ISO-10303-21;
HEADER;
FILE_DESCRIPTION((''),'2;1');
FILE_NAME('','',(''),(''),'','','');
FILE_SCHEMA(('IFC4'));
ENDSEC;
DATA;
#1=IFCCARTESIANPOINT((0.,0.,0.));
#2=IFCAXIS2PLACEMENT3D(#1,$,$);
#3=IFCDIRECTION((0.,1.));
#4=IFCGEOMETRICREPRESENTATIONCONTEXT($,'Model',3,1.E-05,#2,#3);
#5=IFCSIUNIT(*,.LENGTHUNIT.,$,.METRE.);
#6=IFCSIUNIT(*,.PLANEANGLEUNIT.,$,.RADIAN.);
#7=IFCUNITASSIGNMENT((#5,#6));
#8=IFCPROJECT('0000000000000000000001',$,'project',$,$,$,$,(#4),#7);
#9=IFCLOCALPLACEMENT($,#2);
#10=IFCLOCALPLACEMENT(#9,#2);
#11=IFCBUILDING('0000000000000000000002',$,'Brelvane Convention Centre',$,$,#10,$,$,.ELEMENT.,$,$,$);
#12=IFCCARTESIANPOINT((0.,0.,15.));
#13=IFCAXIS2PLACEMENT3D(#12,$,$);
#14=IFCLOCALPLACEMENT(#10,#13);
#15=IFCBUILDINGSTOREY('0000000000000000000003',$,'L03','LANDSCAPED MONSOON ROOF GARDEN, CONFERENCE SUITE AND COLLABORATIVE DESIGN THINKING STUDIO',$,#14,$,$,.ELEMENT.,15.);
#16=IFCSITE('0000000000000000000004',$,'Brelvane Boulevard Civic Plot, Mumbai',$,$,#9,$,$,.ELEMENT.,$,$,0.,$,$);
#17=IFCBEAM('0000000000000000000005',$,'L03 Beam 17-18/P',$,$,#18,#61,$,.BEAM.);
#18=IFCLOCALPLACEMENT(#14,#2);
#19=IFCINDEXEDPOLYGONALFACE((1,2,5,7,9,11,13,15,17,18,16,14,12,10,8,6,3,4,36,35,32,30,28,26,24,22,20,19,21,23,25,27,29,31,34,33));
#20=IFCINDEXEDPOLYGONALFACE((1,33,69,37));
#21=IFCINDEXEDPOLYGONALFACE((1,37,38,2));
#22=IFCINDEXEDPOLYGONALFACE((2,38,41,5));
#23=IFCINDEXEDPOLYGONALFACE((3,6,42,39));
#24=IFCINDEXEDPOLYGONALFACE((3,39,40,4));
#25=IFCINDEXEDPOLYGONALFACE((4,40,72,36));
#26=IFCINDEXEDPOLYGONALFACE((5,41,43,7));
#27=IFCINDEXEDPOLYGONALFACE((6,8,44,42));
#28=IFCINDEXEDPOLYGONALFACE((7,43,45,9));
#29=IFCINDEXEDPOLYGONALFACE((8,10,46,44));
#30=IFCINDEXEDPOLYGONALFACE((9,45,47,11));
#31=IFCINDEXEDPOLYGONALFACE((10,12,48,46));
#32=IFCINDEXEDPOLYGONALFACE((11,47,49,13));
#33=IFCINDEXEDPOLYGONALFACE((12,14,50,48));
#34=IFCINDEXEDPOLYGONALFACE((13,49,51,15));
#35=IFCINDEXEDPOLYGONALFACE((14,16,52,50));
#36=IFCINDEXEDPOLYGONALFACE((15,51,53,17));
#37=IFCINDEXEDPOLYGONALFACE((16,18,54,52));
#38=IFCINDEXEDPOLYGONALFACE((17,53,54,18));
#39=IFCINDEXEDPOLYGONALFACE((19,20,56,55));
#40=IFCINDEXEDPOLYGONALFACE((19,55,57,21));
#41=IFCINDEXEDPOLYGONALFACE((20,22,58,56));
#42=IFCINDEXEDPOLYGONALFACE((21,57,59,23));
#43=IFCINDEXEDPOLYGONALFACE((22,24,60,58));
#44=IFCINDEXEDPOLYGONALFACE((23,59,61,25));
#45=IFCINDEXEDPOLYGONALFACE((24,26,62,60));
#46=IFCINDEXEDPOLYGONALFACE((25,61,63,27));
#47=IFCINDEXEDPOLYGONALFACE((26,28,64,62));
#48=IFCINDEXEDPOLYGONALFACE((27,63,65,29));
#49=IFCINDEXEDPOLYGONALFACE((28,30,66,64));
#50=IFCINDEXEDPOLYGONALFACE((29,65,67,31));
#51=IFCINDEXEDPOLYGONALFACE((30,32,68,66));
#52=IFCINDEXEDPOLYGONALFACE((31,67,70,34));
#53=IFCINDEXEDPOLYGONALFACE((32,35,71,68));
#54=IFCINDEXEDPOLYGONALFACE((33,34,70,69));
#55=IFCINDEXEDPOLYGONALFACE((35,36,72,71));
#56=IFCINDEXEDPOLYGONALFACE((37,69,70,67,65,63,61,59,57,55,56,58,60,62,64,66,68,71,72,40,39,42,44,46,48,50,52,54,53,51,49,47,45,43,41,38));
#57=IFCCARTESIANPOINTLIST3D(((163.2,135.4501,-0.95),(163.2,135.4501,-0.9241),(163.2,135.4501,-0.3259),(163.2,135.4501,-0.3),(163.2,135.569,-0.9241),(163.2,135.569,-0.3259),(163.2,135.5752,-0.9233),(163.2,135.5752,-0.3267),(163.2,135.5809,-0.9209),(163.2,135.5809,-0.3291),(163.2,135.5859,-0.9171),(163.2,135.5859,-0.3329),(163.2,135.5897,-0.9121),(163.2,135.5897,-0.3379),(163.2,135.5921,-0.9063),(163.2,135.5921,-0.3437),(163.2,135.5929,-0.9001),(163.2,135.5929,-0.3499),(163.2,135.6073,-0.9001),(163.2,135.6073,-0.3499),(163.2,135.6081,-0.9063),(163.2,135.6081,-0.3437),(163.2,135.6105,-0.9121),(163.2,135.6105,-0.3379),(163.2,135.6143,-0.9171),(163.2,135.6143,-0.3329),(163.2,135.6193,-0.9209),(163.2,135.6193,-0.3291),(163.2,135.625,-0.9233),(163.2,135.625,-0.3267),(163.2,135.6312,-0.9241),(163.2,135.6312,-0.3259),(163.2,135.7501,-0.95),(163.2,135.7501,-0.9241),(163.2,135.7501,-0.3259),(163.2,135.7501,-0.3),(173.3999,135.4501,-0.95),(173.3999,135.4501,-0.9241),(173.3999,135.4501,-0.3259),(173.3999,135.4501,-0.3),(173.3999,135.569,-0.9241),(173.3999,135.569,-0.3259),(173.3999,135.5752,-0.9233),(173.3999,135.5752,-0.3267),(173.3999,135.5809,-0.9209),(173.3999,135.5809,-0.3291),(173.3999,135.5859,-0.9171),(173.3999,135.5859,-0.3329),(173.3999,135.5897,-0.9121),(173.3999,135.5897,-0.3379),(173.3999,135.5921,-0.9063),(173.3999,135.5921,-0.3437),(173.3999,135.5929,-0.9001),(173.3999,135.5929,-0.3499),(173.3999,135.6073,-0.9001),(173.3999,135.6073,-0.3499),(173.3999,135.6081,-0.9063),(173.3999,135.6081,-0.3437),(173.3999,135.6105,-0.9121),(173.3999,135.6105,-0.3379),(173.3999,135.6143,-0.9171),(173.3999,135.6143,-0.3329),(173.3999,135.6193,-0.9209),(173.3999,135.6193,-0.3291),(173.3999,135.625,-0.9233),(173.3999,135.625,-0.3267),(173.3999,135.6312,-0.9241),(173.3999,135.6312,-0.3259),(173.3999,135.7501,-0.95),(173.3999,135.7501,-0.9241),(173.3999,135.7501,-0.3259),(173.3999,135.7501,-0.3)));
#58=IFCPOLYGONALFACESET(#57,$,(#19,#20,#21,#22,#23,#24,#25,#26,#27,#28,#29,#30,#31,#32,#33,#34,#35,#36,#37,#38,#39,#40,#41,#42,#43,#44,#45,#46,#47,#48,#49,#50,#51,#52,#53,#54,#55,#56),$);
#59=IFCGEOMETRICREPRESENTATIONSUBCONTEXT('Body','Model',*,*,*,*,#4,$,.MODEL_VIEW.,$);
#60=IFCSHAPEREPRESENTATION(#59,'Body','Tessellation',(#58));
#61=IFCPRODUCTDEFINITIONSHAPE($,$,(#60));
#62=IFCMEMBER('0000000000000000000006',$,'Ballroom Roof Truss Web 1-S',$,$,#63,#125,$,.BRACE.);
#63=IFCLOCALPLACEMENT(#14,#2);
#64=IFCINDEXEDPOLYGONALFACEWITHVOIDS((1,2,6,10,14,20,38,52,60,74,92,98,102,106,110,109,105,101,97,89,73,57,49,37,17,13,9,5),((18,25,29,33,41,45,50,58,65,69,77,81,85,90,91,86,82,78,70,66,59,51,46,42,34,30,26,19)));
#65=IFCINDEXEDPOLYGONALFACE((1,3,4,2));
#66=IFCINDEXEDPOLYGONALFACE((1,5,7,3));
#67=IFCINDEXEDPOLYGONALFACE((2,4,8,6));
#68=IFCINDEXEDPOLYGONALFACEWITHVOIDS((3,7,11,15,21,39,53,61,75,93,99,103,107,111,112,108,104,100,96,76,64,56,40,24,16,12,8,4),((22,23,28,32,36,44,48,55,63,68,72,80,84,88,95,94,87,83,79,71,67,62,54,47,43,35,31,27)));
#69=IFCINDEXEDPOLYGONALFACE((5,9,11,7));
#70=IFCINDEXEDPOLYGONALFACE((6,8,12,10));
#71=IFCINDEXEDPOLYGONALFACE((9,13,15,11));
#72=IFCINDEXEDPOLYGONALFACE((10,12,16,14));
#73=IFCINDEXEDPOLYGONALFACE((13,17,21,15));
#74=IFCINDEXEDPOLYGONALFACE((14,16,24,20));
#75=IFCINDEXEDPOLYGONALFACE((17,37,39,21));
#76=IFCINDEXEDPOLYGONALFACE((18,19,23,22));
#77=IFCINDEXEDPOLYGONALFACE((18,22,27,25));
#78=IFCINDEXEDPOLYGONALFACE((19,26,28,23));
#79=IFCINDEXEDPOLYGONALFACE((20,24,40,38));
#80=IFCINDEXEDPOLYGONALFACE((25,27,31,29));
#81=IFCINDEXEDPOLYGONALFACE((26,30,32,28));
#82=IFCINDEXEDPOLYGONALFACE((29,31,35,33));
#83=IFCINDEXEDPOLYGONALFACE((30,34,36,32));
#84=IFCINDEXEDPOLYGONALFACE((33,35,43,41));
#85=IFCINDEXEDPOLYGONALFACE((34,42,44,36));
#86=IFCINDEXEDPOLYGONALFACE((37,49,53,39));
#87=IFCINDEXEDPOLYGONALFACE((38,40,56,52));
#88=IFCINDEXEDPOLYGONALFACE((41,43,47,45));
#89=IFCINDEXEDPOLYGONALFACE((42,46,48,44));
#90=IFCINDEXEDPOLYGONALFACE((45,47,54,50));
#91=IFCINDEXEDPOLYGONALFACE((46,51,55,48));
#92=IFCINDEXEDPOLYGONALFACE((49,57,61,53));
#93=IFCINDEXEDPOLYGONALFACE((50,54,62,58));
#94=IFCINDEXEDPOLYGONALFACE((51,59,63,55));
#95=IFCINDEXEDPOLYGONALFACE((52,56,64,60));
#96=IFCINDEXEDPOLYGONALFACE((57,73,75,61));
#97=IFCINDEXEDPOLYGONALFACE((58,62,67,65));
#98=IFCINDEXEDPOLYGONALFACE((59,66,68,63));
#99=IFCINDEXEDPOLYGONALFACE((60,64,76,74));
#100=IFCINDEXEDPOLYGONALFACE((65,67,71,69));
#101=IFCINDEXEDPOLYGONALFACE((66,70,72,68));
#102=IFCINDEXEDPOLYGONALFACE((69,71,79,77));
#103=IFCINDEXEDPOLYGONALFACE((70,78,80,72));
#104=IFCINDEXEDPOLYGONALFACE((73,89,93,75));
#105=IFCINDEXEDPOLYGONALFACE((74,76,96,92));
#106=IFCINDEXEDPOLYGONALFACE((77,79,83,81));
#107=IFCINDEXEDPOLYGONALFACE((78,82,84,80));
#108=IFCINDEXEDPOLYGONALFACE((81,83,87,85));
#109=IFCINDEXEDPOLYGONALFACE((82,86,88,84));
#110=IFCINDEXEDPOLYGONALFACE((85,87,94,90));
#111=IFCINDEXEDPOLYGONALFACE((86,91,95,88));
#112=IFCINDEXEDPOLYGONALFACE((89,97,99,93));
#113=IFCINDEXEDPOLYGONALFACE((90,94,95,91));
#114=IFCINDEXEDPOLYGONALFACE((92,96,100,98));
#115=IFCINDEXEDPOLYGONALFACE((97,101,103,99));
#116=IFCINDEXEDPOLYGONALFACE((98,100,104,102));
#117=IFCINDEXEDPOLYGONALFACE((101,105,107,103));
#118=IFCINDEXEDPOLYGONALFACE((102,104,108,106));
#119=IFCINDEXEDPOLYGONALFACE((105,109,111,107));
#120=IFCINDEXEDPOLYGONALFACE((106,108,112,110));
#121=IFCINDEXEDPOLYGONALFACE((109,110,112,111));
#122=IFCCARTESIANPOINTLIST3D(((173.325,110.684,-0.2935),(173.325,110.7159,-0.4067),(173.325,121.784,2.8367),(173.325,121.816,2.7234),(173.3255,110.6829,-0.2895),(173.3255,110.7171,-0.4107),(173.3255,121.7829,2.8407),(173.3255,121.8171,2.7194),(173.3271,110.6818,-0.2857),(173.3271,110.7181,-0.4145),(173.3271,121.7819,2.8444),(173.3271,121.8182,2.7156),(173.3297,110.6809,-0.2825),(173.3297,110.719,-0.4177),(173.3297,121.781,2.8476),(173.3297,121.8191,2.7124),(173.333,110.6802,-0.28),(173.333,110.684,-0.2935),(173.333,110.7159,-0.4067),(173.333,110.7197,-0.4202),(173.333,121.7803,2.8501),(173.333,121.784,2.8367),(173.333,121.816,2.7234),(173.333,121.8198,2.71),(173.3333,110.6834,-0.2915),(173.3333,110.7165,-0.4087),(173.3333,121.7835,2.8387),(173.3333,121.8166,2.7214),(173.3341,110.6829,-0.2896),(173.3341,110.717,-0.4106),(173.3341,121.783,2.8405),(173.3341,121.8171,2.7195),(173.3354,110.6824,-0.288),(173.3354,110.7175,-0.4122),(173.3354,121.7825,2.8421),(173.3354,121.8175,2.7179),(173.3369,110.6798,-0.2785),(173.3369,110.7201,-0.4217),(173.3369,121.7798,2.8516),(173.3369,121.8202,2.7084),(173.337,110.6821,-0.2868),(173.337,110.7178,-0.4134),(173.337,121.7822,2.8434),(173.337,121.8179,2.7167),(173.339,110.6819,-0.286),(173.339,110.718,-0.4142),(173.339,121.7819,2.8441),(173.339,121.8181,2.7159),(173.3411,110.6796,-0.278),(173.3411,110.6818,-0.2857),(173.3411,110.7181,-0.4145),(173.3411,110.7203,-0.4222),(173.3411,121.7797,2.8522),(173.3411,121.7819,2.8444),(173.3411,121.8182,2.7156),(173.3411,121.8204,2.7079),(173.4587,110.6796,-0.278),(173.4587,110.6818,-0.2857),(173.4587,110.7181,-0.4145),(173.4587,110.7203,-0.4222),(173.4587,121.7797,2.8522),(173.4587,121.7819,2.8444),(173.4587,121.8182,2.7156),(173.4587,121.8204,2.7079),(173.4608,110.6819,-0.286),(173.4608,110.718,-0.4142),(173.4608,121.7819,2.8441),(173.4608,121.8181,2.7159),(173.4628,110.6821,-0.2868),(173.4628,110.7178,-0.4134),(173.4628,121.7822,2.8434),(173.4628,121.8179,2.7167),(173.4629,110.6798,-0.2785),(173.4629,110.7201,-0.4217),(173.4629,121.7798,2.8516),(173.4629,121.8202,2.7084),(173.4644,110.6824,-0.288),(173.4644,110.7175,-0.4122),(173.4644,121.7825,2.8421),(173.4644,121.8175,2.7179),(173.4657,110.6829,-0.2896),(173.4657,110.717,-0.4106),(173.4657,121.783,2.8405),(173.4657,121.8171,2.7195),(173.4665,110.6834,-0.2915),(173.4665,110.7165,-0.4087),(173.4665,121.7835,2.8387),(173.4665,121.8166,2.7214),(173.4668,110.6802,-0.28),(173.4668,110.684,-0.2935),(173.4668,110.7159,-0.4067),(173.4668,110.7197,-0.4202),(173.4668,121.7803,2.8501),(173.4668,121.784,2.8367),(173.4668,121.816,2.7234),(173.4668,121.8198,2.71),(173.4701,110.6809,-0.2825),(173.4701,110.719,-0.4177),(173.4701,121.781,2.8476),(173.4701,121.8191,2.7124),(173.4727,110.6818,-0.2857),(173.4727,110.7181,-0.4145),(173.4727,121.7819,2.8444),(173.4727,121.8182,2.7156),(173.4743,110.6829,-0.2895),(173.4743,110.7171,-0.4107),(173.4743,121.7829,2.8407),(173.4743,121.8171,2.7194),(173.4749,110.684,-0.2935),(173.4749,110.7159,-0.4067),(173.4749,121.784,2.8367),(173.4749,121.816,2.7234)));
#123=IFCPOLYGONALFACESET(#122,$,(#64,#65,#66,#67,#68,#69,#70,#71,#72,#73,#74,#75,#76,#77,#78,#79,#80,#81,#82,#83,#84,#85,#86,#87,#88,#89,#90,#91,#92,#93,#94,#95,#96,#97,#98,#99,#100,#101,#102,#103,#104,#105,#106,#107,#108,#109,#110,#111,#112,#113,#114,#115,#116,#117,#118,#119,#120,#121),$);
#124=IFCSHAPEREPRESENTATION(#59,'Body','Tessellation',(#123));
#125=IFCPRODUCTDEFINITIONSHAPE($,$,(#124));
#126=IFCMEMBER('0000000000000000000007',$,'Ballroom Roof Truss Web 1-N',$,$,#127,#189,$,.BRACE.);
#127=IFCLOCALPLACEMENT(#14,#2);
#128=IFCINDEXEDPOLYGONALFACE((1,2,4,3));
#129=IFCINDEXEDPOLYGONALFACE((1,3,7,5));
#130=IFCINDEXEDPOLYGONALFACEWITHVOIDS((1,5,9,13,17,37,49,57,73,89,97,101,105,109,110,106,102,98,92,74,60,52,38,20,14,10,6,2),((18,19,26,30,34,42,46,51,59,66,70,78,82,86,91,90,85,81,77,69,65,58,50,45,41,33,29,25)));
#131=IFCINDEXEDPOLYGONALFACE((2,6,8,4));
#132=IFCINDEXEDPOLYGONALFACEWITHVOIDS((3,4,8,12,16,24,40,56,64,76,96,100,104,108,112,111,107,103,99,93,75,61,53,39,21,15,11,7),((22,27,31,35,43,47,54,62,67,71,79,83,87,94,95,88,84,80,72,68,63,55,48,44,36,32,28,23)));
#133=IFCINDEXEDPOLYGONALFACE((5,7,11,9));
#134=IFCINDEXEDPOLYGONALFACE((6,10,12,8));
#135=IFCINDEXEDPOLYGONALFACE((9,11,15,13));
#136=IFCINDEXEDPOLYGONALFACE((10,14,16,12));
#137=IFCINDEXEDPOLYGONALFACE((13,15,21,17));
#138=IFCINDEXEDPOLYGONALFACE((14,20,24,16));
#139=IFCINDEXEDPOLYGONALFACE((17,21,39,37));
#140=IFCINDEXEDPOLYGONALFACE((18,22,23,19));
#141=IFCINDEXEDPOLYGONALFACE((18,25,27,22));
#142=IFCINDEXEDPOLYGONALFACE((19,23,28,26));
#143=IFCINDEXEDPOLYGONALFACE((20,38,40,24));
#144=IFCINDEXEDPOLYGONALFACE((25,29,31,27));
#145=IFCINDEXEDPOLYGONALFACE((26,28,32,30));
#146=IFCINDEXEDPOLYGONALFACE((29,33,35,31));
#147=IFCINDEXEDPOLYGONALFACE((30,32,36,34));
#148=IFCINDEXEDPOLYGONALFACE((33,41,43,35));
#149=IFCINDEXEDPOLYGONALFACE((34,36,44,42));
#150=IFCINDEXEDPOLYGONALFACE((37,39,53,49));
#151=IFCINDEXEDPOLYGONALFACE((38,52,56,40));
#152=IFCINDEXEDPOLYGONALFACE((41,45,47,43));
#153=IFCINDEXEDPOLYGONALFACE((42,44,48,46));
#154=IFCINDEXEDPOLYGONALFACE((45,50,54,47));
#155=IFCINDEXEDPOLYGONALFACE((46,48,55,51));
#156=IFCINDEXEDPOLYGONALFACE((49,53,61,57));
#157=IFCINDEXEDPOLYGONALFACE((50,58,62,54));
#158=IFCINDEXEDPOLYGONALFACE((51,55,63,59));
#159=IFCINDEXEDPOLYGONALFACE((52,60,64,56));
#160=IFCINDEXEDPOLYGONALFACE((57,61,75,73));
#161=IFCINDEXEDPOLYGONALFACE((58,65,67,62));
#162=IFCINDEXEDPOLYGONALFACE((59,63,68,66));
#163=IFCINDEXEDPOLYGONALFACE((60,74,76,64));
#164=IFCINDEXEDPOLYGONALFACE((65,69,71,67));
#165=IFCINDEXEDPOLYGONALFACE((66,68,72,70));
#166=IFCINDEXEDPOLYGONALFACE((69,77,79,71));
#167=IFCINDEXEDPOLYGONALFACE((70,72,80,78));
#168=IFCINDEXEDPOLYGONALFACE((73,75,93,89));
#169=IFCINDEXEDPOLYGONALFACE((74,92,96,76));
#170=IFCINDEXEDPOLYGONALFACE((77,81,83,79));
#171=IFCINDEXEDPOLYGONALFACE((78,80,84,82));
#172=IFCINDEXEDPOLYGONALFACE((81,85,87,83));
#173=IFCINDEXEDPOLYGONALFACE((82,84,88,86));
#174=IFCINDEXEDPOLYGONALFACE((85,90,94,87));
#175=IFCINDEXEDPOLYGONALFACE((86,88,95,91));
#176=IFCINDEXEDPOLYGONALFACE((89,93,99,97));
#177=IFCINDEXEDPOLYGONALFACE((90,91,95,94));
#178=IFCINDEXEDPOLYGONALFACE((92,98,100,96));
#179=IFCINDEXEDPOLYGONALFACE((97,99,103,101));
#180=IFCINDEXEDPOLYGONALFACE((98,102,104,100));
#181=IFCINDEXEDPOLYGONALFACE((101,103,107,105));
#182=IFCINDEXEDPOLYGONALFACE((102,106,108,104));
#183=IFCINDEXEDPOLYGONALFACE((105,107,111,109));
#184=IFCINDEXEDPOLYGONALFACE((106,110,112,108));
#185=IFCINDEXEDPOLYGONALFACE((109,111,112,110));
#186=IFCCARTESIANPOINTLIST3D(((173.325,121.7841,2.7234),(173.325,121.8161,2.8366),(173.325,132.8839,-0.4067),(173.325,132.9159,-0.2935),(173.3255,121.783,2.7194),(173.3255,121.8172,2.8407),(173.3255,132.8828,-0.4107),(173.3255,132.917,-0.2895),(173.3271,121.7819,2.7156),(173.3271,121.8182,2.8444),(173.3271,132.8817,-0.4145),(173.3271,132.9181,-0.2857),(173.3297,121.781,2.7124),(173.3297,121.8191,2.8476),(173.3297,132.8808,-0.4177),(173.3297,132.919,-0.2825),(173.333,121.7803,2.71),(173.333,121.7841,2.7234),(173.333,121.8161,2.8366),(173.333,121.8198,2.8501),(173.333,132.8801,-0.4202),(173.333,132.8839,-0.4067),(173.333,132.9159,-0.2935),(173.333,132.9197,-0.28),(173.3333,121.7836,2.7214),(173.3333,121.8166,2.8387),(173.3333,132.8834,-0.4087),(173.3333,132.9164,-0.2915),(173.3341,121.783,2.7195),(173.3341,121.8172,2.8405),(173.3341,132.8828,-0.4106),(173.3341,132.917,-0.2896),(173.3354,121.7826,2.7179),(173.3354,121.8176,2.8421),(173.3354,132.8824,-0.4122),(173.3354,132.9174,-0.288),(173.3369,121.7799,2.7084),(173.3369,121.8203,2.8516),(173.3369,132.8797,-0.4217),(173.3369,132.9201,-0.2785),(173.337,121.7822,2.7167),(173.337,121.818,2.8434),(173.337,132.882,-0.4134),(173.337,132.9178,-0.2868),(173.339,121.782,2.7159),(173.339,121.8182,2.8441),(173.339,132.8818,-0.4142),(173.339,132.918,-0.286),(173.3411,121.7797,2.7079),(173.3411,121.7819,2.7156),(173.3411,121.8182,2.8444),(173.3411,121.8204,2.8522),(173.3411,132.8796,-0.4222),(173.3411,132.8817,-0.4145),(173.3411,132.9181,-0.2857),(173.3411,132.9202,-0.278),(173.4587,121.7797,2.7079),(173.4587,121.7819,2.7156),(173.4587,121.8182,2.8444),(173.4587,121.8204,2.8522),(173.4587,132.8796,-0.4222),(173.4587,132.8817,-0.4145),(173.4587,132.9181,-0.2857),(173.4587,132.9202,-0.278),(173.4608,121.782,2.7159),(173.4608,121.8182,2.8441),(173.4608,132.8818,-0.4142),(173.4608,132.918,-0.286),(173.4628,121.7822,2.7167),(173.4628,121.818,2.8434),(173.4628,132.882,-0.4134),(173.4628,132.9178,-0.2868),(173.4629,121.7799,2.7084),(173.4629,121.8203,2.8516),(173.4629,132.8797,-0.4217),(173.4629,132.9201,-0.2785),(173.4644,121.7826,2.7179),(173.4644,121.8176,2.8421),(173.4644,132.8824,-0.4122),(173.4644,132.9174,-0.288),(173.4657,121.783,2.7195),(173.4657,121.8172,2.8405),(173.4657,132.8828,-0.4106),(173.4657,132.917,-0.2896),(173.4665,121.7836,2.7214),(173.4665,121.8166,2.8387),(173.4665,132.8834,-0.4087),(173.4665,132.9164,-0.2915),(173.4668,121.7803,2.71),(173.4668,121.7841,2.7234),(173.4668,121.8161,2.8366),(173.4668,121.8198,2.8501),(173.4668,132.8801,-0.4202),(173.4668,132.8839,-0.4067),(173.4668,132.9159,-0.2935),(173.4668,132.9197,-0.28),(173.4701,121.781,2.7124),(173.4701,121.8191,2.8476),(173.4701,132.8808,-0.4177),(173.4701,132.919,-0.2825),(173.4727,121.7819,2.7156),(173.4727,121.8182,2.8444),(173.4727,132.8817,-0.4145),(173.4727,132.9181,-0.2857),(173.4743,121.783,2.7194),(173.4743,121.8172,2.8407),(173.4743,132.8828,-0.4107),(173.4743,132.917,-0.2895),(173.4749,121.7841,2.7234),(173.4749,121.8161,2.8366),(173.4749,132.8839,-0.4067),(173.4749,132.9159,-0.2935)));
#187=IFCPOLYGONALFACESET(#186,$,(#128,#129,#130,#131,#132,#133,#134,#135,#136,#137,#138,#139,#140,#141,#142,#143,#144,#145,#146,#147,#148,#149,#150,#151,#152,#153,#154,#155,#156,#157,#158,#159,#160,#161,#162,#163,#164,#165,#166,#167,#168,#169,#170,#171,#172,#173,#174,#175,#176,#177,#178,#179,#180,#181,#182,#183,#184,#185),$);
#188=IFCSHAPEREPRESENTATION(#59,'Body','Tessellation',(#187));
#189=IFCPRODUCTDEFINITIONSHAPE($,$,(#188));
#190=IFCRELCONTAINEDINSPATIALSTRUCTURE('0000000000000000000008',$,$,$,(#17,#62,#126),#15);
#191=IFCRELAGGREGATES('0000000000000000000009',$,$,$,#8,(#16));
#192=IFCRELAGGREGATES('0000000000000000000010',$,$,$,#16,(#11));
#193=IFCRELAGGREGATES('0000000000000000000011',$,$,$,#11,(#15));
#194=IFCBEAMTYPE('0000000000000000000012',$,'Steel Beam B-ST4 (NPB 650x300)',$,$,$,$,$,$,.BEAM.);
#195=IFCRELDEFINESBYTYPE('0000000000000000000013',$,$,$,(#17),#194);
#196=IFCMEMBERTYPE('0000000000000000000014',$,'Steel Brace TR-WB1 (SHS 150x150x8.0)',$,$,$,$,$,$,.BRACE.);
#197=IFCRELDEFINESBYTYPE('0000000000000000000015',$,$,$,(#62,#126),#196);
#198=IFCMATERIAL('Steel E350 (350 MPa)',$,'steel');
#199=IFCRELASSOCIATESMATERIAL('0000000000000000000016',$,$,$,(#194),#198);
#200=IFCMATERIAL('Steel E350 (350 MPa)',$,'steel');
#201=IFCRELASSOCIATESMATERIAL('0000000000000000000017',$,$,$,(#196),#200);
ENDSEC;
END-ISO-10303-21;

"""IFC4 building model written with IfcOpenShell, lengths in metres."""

from ifc_helpers import new_model, si_unit, direction, frame, origin, origin_2d, place, context, subcontext, project, spatial, hollow_rectangle, i_section, extrude, material, material_profile, profile_set, type_object, element, save


model = new_model("IFC4")

# Units and contexts
model_context = context("Model", 3, precision=1e-05, world=origin(), true_north=direction((0.0, 1.0)))
body_context = subcontext(model_context, "Body", "Model", "MODEL_VIEW")
ifc_project = project(units=[si_unit("LENGTHUNIT", "METRE"), si_unit("PLANEANGLEUNIT", "RADIAN")], contexts=[model_context])

# Site, building, storey
site_placement = place(None, origin())
site = spatial("IfcSite", under=ifc_project, at=site_placement, Name="Brelvane Boulevard Civic Plot, Mumbai", CompositionType="ELEMENT", RefElevation=0.0)
building_placement = place(site_placement, origin())
building = spatial("IfcBuilding", under=site, at=building_placement, Name="Brelvane Convention Centre", CompositionType="ELEMENT")
storey_placement = place(building_placement, frame((0.0, 0.0, 15.0)))
storey = spatial("IfcBuildingStorey", under=building, at=storey_placement, Name="L03", Description="LANDSCAPED MONSOON ROOF GARDEN, CONFERENCE SUITE AND COLLABORATIVE DESIGN THINKING STUDIO", CompositionType="ELEMENT", Elevation=15.0)

# Beam
ifc_material_1 = material(Name="Steel E350 (350 MPa)", Category="steel")
ifc_material_profile_1 = material_profile(ifc_material_1, i_section(OverallWidth=0.3, OverallDepth=0.6499, WebThickness=0.0144, FlangeThickness=0.0259, FilletRadius=0.0239, at=origin_2d()), Name="NPB 650x300")
ifc_profile_set_1 = profile_set([ifc_material_profile_1], Name="Steel E350 (350 MPa)")
beam_type_1 = type_object("IfcBeamType", Name="Steel Beam B-ST4 (NPB 650x300)", PredefinedType="BEAM", material=ifc_profile_set_1)
for number, where, z_axis, x_axis, name in (
    (1, (163.2, 135.6001, -0.625), (1.0, 0.0, 0.0), (0.0, 1.0, 0.0), "L03 Beam 17-18/P"),
):
    element("IfcBeam", number, at=place(storey_placement, frame(where, z_axis=z_axis, x_axis=x_axis)), inside=storey, type_object=beam_type_1, Name=name, PredefinedType="BEAM", context=body_context, shape_type="SweptSolid", body=[
        extrude(i_section(OverallWidth=0.3, OverallDepth=0.6499, WebThickness=0.0144, FlangeThickness=0.0259, FilletRadius=0.0239, at=origin_2d()), origin(), (0.0, 0.0, 1.0), 10.2),
    ])

# Members
ifc_material_2 = material(Name="Steel E350 (350 MPa)", Category="steel")
ifc_material_profile_2 = material_profile(ifc_material_2, hollow_rectangle(XDim=0.1499, YDim=0.1499, WallThickness=0.0081, InnerFilletRadius=0.0081, OuterFilletRadius=0.0161, at=origin_2d()), Name="SHS 150x150x8.0")
ifc_profile_set_2 = profile_set([ifc_material_profile_2], Name="Steel E350 (350 MPa)")
member_type_1 = type_object("IfcMemberType", Name="Steel Brace TR-WB1 (SHS 150x150x8.0)", PredefinedType="BRACE", material=ifc_profile_set_2)
member_1_placement = place(storey_placement, frame((173.3999, 110.7, -0.3501), z_axis=(0.0, 0.962465, 0.271406), x_axis=(-1.0, 0.0, 0.0)))
element("IfcMember", 2, at=member_1_placement, inside=storey, type_object=member_type_1, Name="Ballroom Roof Truss Web 1-S", PredefinedType="BRACE", context=body_context, shape_type="SweptSolid", body=[
    extrude(hollow_rectangle(XDim=0.1499, YDim=0.1499, WallThickness=0.0081, InnerFilletRadius=0.0081, OuterFilletRadius=0.0161, at=origin_2d()), origin(), (0.0, 0.0, 1.0), 11.533),
])
member_2_placement = place(storey_placement, frame((173.3999, 132.8999, -0.3501), z_axis=(0.0, -0.962463, 0.271412), x_axis=(1.0, 0.0, 0.0)))
element("IfcMember", 3, at=member_2_placement, inside=storey, type_object=member_type_1, Name="Ballroom Roof Truss Web 1-N", PredefinedType="BRACE", context=body_context, shape_type="SweptSolid", body=[
    extrude(hollow_rectangle(XDim=0.1499, YDim=0.1499, WallThickness=0.0081, InnerFilletRadius=0.0081, OuterFilletRadius=0.0161, at=origin_2d()), origin(), (0.0, 0.0, 1.0), 11.5327),
])

save(model, "model.ifc")
